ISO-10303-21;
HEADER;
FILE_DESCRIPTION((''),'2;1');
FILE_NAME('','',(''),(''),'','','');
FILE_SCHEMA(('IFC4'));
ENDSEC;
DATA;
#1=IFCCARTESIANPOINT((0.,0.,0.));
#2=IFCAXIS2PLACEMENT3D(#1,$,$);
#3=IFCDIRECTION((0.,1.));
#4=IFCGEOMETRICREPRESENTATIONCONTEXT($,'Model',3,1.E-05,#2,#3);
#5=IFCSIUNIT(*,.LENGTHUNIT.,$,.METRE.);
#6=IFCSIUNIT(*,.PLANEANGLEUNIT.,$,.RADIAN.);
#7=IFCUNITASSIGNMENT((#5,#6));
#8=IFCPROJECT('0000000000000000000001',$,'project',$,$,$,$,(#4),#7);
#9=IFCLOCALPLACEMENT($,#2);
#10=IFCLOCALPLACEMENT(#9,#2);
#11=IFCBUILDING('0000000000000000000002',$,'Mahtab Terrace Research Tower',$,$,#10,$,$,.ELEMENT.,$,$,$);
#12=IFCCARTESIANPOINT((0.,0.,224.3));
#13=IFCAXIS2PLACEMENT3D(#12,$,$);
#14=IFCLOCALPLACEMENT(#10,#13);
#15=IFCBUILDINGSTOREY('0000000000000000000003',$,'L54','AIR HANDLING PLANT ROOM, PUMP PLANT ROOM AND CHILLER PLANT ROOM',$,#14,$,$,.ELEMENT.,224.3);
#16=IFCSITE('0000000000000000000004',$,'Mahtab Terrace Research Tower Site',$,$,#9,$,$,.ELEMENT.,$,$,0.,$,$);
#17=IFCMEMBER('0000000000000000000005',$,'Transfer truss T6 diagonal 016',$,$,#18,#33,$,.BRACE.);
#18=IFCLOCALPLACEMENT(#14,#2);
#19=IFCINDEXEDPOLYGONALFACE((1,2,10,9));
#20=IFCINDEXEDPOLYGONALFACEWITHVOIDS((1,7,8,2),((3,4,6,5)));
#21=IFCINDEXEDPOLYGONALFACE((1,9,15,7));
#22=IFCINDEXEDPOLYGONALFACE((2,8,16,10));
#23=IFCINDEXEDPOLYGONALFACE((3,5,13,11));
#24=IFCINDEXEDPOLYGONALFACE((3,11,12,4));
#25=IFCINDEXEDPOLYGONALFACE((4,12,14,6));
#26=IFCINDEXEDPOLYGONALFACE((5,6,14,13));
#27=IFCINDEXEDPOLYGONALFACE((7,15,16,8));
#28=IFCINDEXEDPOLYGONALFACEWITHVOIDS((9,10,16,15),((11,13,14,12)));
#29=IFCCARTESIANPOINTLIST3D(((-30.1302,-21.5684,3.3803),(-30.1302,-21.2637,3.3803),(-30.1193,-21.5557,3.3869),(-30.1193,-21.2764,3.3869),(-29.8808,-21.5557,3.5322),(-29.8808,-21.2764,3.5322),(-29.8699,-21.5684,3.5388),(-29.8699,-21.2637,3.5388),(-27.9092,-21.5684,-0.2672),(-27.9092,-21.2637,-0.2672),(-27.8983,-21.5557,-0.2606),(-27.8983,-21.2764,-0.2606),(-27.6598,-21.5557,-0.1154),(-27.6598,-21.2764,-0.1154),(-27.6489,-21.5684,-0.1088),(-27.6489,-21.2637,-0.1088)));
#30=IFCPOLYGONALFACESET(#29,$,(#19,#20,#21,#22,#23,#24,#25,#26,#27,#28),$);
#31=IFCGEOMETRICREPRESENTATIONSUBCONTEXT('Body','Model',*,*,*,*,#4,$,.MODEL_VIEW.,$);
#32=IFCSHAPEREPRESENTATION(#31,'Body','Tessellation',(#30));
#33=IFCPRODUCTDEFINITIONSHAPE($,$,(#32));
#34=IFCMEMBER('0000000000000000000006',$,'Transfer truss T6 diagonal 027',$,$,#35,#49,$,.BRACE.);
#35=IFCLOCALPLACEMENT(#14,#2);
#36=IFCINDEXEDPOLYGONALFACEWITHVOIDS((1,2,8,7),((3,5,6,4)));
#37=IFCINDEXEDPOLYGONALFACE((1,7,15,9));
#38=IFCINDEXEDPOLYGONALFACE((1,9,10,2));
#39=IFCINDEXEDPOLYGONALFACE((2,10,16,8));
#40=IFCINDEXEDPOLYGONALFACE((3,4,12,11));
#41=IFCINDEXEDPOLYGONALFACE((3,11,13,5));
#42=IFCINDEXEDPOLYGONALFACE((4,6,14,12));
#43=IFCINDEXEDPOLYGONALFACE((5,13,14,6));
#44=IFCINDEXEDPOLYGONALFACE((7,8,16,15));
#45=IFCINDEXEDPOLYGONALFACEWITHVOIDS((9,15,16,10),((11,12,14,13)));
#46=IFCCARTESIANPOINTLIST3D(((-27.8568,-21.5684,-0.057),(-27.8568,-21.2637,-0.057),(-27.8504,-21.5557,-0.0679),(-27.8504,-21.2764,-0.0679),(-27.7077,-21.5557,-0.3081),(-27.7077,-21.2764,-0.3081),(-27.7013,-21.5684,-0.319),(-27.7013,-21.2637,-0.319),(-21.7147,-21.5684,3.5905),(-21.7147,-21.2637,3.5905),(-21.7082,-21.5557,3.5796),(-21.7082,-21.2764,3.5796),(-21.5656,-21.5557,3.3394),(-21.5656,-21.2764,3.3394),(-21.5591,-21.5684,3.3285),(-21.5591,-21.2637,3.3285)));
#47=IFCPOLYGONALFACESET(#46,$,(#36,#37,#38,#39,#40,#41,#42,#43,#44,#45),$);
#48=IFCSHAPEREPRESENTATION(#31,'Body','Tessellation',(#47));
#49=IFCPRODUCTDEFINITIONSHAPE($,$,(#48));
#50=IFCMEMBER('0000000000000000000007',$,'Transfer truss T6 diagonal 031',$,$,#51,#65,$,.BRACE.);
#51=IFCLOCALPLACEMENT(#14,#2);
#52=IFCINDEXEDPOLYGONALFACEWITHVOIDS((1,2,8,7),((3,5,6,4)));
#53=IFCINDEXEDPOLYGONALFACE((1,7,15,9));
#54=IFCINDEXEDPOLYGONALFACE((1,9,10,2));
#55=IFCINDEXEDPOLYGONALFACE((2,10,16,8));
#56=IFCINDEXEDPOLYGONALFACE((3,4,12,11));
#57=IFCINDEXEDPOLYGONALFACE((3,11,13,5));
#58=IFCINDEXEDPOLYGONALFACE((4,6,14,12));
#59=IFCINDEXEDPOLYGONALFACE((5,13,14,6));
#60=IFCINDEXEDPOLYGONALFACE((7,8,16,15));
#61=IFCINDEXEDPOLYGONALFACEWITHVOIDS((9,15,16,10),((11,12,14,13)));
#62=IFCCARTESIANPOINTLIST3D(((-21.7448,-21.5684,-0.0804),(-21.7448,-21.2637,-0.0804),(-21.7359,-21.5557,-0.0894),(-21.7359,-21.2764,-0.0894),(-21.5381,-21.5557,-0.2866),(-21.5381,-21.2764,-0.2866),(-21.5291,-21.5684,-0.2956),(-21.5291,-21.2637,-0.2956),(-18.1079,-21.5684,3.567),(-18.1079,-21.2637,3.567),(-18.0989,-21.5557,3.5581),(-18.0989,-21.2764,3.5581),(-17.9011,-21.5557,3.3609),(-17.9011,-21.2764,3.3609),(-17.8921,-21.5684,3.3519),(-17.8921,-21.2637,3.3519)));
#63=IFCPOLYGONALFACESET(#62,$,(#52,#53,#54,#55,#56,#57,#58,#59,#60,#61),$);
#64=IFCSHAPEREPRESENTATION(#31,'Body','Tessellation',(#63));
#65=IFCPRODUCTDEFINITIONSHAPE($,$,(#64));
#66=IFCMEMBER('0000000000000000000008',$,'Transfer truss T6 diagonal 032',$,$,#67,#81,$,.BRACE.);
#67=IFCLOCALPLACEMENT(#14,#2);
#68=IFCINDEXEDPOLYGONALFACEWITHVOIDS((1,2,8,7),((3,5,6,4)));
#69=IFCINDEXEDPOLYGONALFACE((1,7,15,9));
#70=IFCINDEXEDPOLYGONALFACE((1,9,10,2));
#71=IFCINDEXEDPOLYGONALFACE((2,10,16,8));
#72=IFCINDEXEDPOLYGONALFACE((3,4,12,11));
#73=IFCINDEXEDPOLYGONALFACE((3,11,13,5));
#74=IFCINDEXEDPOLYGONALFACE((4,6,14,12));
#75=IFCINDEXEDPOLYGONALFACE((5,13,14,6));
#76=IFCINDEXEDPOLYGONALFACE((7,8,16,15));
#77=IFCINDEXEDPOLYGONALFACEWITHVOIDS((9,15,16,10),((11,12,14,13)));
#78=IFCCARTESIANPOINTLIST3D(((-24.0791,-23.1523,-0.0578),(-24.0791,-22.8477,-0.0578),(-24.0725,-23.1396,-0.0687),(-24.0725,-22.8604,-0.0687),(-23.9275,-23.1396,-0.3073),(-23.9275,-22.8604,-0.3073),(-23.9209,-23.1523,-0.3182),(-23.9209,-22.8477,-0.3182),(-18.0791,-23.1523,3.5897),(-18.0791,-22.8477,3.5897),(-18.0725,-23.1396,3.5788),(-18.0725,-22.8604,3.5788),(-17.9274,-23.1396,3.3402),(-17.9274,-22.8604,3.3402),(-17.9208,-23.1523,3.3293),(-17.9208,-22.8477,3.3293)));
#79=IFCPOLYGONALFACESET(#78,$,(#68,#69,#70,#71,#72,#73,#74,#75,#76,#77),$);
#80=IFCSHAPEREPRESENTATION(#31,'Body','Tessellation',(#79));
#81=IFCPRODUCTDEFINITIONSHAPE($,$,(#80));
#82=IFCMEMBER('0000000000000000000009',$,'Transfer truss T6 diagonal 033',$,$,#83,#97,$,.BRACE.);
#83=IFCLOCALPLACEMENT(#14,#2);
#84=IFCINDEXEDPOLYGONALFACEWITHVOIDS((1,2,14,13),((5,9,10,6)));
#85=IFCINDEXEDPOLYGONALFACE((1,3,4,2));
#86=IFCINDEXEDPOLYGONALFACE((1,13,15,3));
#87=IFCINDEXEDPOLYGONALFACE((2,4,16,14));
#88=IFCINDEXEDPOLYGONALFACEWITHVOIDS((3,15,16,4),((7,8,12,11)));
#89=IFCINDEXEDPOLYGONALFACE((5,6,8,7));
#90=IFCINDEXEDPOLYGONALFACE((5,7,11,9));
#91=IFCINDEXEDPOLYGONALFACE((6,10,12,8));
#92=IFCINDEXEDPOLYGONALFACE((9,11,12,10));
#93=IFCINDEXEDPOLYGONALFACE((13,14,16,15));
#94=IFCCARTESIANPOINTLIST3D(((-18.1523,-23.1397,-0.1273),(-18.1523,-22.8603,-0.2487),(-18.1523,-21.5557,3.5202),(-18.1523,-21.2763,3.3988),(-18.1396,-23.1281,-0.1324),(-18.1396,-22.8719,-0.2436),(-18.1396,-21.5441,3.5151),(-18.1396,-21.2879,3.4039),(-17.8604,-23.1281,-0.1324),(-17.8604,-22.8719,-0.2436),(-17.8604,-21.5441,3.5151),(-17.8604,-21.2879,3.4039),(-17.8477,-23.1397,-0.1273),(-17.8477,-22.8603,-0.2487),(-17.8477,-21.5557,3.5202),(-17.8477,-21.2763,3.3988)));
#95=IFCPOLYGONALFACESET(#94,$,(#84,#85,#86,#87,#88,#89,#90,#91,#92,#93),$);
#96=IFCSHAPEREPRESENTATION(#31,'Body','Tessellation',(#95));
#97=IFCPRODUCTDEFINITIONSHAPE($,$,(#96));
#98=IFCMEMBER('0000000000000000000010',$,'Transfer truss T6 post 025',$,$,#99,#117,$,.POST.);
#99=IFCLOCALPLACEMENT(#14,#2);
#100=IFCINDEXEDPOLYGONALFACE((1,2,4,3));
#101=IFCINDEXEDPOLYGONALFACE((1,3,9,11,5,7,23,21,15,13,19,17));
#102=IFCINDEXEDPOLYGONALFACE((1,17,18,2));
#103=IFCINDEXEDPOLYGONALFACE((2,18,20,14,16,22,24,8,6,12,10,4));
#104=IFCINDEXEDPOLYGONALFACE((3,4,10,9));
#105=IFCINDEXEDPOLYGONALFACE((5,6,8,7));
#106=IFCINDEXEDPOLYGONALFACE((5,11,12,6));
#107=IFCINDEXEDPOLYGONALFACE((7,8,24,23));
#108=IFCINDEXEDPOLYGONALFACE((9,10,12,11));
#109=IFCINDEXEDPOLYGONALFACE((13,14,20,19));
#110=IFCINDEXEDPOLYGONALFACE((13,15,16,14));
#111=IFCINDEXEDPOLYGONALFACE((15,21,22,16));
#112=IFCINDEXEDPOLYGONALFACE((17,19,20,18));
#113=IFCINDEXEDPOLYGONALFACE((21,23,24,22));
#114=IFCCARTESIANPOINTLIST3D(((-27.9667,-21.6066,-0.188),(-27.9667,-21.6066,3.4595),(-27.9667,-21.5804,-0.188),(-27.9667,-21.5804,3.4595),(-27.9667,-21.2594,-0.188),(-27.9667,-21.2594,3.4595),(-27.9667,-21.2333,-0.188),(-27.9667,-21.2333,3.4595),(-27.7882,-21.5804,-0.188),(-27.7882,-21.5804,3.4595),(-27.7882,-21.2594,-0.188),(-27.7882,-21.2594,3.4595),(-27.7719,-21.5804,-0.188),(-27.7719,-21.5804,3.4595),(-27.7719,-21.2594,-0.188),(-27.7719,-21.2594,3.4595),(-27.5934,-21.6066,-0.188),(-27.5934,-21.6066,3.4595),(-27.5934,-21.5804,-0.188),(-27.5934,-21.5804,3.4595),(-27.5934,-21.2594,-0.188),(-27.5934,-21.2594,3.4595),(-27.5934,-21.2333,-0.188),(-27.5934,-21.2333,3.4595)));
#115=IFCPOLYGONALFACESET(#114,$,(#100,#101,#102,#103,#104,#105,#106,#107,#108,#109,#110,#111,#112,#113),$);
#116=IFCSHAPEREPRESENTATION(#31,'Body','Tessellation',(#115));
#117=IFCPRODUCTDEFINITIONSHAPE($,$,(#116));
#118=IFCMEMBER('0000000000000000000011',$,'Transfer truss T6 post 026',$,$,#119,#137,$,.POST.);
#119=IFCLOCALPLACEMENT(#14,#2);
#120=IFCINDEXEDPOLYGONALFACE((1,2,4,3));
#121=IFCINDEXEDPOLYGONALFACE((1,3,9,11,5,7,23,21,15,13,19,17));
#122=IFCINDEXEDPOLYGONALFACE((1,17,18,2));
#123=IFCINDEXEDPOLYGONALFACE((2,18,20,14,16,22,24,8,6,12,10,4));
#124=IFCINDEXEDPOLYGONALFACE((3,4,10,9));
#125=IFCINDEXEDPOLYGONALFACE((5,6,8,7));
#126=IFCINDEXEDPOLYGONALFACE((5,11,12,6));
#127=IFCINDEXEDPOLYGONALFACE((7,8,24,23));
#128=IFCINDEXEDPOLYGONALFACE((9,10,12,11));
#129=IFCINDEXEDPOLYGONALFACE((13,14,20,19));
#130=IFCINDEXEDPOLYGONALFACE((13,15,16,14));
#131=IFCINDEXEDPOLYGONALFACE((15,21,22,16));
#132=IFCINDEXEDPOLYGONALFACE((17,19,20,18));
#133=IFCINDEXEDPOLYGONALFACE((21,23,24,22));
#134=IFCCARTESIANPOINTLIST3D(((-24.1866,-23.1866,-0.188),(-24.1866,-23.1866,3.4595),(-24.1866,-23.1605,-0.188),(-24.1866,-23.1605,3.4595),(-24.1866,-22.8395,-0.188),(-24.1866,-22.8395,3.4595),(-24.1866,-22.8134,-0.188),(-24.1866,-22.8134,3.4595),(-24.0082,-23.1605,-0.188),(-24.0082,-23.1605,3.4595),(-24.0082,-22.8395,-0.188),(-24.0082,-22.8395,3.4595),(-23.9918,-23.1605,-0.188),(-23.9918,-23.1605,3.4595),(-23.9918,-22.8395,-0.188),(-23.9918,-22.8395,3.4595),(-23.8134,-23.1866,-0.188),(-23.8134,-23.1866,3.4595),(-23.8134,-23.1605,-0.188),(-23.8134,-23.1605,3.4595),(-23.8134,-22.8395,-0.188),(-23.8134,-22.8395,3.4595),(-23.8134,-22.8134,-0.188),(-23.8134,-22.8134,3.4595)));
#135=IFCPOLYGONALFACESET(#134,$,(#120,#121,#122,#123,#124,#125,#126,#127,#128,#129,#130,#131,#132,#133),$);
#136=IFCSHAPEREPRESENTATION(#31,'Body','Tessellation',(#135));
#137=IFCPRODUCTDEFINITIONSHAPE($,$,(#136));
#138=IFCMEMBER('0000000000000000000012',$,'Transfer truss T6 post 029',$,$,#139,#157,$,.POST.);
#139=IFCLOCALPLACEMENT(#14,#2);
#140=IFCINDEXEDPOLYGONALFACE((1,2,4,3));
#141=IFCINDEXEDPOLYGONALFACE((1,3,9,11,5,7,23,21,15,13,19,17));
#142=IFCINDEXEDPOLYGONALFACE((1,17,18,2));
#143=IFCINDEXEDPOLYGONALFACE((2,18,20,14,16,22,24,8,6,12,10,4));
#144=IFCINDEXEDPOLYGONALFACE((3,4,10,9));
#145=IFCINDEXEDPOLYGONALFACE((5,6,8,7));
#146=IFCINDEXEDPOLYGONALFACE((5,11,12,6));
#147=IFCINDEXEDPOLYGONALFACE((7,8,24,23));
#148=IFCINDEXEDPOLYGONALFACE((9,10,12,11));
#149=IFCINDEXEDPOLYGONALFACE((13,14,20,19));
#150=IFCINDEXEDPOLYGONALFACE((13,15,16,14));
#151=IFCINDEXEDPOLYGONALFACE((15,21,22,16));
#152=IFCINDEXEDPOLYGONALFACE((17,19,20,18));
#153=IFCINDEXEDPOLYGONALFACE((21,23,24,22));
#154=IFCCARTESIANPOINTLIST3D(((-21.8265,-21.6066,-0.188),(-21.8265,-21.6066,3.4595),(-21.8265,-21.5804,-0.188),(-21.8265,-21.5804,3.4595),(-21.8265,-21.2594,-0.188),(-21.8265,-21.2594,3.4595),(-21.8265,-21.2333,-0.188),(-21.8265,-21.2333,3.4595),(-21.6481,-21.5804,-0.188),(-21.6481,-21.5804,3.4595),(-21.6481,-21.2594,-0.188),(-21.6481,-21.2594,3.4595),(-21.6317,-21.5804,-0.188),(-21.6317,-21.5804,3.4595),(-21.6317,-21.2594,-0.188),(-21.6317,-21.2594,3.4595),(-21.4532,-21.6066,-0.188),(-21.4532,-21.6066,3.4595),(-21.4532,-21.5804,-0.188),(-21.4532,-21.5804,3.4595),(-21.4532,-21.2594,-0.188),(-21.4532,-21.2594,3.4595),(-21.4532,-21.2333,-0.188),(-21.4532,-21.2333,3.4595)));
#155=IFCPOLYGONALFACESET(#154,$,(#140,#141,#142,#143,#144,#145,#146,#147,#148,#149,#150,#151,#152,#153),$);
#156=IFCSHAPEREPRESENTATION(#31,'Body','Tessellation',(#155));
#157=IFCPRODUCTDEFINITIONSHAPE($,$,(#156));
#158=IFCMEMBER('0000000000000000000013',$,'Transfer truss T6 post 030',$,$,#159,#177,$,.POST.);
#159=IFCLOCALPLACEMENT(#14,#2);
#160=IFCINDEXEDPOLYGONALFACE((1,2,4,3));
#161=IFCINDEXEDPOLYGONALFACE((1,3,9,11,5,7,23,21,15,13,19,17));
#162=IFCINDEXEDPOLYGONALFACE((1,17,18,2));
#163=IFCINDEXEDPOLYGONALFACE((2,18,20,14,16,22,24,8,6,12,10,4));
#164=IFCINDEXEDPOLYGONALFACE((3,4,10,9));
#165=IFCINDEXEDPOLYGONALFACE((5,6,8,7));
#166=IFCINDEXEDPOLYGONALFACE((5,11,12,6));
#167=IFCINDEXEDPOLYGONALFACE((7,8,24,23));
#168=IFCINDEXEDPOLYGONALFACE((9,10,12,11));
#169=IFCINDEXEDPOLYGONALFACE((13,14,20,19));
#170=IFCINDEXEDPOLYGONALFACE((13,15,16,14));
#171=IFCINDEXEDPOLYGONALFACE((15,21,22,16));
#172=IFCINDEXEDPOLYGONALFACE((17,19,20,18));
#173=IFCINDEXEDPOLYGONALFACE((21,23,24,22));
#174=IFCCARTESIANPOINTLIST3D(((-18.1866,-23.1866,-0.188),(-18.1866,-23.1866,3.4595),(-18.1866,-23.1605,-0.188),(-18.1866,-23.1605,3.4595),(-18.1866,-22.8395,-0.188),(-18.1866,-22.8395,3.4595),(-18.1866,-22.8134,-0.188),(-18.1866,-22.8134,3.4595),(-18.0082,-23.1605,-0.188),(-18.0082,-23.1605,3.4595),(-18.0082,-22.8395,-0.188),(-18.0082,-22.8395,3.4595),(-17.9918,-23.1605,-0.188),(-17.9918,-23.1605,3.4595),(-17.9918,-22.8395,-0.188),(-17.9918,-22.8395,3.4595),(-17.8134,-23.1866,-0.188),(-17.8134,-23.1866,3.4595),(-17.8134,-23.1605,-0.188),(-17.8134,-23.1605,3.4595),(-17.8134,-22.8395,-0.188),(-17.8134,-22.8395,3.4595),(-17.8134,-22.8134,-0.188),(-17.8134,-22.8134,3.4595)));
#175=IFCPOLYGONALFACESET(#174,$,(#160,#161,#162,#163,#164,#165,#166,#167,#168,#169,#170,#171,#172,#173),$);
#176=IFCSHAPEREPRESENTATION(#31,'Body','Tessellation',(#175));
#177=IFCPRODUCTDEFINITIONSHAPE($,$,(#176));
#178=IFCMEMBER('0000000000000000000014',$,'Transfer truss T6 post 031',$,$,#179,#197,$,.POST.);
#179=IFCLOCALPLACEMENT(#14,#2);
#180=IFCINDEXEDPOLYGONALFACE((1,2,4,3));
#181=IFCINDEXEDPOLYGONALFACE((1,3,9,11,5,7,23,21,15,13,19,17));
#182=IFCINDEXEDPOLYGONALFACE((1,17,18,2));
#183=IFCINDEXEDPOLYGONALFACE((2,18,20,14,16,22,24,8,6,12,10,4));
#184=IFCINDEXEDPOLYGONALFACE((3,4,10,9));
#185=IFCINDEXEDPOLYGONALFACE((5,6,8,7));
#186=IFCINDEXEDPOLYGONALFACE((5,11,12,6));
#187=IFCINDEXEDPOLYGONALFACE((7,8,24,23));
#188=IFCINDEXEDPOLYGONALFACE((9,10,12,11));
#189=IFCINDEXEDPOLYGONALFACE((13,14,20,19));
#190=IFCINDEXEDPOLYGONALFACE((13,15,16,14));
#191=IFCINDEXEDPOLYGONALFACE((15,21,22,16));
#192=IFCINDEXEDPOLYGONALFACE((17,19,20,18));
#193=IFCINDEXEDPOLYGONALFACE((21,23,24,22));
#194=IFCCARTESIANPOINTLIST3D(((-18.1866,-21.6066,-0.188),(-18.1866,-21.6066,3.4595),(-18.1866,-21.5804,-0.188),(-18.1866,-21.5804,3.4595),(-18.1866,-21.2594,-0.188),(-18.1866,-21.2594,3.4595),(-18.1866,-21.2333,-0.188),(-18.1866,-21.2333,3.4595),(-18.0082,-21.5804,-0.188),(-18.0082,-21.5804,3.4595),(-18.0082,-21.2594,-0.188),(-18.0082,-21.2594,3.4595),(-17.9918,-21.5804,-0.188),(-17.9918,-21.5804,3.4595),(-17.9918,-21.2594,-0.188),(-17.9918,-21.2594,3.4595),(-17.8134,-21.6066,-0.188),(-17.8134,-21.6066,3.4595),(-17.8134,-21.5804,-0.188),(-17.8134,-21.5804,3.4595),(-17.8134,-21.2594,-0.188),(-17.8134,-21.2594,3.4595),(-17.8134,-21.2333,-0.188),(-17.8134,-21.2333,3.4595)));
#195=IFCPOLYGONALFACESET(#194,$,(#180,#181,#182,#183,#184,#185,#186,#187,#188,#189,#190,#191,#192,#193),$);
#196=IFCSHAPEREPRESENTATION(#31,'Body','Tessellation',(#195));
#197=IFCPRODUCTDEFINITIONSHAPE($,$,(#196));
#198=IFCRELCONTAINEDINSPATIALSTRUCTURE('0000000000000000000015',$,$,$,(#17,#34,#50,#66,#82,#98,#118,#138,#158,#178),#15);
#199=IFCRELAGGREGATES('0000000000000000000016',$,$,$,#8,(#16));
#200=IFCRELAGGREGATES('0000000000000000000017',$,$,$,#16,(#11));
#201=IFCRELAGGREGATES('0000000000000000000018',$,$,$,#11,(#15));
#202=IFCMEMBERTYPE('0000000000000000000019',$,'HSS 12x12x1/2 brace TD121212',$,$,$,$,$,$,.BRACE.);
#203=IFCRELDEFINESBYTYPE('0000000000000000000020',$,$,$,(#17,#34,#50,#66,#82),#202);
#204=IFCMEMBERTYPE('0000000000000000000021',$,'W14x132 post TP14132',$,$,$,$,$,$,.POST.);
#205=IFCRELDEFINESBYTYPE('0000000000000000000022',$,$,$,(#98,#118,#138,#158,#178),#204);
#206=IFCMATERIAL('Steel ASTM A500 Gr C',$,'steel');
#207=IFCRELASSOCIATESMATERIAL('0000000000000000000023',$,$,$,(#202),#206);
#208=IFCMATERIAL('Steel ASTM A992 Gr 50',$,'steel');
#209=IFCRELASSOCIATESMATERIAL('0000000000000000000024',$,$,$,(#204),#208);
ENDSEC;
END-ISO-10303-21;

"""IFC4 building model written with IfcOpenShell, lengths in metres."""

from ifc_helpers import new_model, si_unit, direction, frame, origin, origin_2d, place, context, subcontext, project, spatial, hollow_rectangle, i_section, extrude, material, material_profile, profile_set, type_object, element, save


model = new_model("IFC4")

# Units and contexts
model_context = context("Model", 3, precision=1e-05, world=origin(), true_north=direction((0.0, 1.0)))
body_context = subcontext(model_context, "Body", "Model", "MODEL_VIEW")
ifc_project = project(units=[si_unit("LENGTHUNIT", "METRE"), si_unit("PLANEANGLEUNIT", "RADIAN")], contexts=[model_context])

# Site, building, storey
site_placement = place(None, origin())
site = spatial("IfcSite", under=ifc_project, at=site_placement, Name="Mahtab Terrace Research Tower Site", CompositionType="ELEMENT", RefElevation=0.0)
building_placement = place(site_placement, origin())
building = spatial("IfcBuilding", under=site, at=building_placement, Name="Mahtab Terrace Research Tower", CompositionType="ELEMENT")
storey_placement = place(building_placement, frame((0.0, 0.0, 224.3)))
storey = spatial("IfcBuildingStorey", under=building, at=storey_placement, Name="L54", Description="AIR HANDLING PLANT ROOM, PUMP PLANT ROOM AND CHILLER PLANT ROOM", CompositionType="ELEMENT", Elevation=224.3)

# Members
ifc_material_1 = material(Name="Steel ASTM A500 Gr C", Category="steel")
ifc_material_profile_1 = material_profile(ifc_material_1, hollow_rectangle(XDim=0.3047, YDim=0.3047, WallThickness=0.0127, at=origin_2d()), Name="HSS12X12X1/2")
ifc_profile_set_1 = profile_set([ifc_material_profile_1], Name="Steel ASTM A500 Gr C")
member_type_1 = type_object("IfcMemberType", Name="HSS 12x12x1/2 brace TD121212", PredefinedType="BRACE", material=ifc_profile_set_1)
member_1_placement = place(storey_placement, frame((-27.7791, -21.416, -0.188), z_axis=(-0.520076, 0.0, 0.85412), x_axis=(0.0, -1.0, 0.0)))
element("IfcMember", 1, at=member_1_placement, inside=storey, type_object=member_type_1, Name="Transfer truss T6 diagonal 016", PredefinedType="BRACE", context=body_context, shape_type="SweptSolid", body=[
    extrude(hollow_rectangle(XDim=0.3047, YDim=0.3047, WallThickness=0.0127, at=origin_2d()), origin(), (0.0, 0.0, 1.0), 4.2705),
])
member_2_placement = place(storey_placement, frame((-27.7791, -21.416, -0.188), z_axis=(0.859818, 0.0, 0.5106), x_axis=(0.0, 1.0, 0.0)))
element("IfcMember", 2, at=member_2_placement, inside=storey, type_object=member_type_1, Name="Transfer truss T6 diagonal 027", PredefinedType="BRACE", context=body_context, shape_type="SweptSolid", body=[
    extrude(hollow_rectangle(XDim=0.3047, YDim=0.3047, WallThickness=0.0127, at=origin_2d()), origin(), (0.0, 0.0, 1.0), 7.1436),
])
member_3_placement = place(storey_placement, frame((-21.637, -21.416, -0.188), z_axis=(0.706087, 0.0, 0.708125), x_axis=(0.0, 1.0, 0.0)))
element("IfcMember", 3, at=member_3_placement, inside=storey, type_object=member_type_1, Name="Transfer truss T6 diagonal 031", PredefinedType="BRACE", context=body_context, shape_type="SweptSolid", body=[
    extrude(hollow_rectangle(XDim=0.3047, YDim=0.3047, WallThickness=0.0127, at=origin_2d()), origin(), (0.0, 0.0, 1.0), 5.1509),
])
member_4_placement = place(storey_placement, frame((-24.0, -23.0, -0.188), z_axis=(0.854497, 0.0, 0.519457), x_axis=(0.0, 1.0, 0.0)))
element("IfcMember", 4, at=member_4_placement, inside=storey, type_object=member_type_1, Name="Transfer truss T6 diagonal 032", PredefinedType="BRACE", context=body_context, shape_type="SweptSolid", body=[
    extrude(hollow_rectangle(XDim=0.3047, YDim=0.3047, WallThickness=0.0127, at=origin_2d()), origin(), (0.0, 0.0, 1.0), 7.0217),
])
member_5_placement = place(storey_placement, frame((-18.0, -23.0, -0.188), z_axis=(0.0, 0.398331, 0.917242), x_axis=(-1.0, 0.0, 0.0)))
element("IfcMember", 5, at=member_5_placement, inside=storey, type_object=member_type_1, Name="Transfer truss T6 diagonal 033", PredefinedType="BRACE", context=body_context, shape_type="SweptSolid", body=[
    extrude(hollow_rectangle(XDim=0.3047, YDim=0.3047, WallThickness=0.0127, at=origin_2d()), origin(), (0.0, 0.0, 1.0), 3.9766),
])
ifc_material_2 = material(Name="Steel ASTM A992 Gr 50", Category="steel")
ifc_material_profile_2 = material_profile(ifc_material_2, i_section(OverallWidth=0.3733, OverallDepth=0.3733, WebThickness=0.0164, FlangeThickness=0.0261, at=origin_2d()), Name="W14X132")
ifc_profile_set_2 = profile_set([ifc_material_profile_2], Name="Steel ASTM A992 Gr 50")
member_type_2 = type_object("IfcMemberType", Name="W14x132 post TP14132", PredefinedType="POST", material=ifc_profile_set_2)
for number, where, z_axis, x_axis, name in (
    (6, (-27.78, -21.4199, -0.188), (0.0, 0.0, 1.0), (1.0, 0.0, 0.0), "Transfer truss T6 post 025"),
    (7, (-24.0, -23.0, -0.188), (0.0, 0.0, 1.0), (1.0, 0.0, 0.0), "Transfer truss T6 post 026"),
    (8, (-21.6399, -21.4199, -0.188), (0.0, 0.0, 1.0), (1.0, 0.0, 0.0), "Transfer truss T6 post 029"),
    (9, (-18.0, -23.0, -0.188), (0.0, 0.0, 1.0), (1.0, 0.0, 0.0), "Transfer truss T6 post 030"),
    (10, (-18.0, -21.4199, -0.188), (0.0, 0.0, 1.0), (1.0, 0.0, 0.0), "Transfer truss T6 post 031"),
):
    element("IfcMember", number, at=place(storey_placement, frame(where, z_axis=z_axis, x_axis=x_axis)), inside=storey, type_object=member_type_2, Name=name, PredefinedType="POST", context=body_context, shape_type="SweptSolid", body=[
        extrude(i_section(OverallWidth=0.3733, OverallDepth=0.3733, WebThickness=0.0164, FlangeThickness=0.0261, at=origin_2d()), origin(), (0.0, 0.0, 1.0), 3.6475),
    ])

save(model, "model.ifc")
